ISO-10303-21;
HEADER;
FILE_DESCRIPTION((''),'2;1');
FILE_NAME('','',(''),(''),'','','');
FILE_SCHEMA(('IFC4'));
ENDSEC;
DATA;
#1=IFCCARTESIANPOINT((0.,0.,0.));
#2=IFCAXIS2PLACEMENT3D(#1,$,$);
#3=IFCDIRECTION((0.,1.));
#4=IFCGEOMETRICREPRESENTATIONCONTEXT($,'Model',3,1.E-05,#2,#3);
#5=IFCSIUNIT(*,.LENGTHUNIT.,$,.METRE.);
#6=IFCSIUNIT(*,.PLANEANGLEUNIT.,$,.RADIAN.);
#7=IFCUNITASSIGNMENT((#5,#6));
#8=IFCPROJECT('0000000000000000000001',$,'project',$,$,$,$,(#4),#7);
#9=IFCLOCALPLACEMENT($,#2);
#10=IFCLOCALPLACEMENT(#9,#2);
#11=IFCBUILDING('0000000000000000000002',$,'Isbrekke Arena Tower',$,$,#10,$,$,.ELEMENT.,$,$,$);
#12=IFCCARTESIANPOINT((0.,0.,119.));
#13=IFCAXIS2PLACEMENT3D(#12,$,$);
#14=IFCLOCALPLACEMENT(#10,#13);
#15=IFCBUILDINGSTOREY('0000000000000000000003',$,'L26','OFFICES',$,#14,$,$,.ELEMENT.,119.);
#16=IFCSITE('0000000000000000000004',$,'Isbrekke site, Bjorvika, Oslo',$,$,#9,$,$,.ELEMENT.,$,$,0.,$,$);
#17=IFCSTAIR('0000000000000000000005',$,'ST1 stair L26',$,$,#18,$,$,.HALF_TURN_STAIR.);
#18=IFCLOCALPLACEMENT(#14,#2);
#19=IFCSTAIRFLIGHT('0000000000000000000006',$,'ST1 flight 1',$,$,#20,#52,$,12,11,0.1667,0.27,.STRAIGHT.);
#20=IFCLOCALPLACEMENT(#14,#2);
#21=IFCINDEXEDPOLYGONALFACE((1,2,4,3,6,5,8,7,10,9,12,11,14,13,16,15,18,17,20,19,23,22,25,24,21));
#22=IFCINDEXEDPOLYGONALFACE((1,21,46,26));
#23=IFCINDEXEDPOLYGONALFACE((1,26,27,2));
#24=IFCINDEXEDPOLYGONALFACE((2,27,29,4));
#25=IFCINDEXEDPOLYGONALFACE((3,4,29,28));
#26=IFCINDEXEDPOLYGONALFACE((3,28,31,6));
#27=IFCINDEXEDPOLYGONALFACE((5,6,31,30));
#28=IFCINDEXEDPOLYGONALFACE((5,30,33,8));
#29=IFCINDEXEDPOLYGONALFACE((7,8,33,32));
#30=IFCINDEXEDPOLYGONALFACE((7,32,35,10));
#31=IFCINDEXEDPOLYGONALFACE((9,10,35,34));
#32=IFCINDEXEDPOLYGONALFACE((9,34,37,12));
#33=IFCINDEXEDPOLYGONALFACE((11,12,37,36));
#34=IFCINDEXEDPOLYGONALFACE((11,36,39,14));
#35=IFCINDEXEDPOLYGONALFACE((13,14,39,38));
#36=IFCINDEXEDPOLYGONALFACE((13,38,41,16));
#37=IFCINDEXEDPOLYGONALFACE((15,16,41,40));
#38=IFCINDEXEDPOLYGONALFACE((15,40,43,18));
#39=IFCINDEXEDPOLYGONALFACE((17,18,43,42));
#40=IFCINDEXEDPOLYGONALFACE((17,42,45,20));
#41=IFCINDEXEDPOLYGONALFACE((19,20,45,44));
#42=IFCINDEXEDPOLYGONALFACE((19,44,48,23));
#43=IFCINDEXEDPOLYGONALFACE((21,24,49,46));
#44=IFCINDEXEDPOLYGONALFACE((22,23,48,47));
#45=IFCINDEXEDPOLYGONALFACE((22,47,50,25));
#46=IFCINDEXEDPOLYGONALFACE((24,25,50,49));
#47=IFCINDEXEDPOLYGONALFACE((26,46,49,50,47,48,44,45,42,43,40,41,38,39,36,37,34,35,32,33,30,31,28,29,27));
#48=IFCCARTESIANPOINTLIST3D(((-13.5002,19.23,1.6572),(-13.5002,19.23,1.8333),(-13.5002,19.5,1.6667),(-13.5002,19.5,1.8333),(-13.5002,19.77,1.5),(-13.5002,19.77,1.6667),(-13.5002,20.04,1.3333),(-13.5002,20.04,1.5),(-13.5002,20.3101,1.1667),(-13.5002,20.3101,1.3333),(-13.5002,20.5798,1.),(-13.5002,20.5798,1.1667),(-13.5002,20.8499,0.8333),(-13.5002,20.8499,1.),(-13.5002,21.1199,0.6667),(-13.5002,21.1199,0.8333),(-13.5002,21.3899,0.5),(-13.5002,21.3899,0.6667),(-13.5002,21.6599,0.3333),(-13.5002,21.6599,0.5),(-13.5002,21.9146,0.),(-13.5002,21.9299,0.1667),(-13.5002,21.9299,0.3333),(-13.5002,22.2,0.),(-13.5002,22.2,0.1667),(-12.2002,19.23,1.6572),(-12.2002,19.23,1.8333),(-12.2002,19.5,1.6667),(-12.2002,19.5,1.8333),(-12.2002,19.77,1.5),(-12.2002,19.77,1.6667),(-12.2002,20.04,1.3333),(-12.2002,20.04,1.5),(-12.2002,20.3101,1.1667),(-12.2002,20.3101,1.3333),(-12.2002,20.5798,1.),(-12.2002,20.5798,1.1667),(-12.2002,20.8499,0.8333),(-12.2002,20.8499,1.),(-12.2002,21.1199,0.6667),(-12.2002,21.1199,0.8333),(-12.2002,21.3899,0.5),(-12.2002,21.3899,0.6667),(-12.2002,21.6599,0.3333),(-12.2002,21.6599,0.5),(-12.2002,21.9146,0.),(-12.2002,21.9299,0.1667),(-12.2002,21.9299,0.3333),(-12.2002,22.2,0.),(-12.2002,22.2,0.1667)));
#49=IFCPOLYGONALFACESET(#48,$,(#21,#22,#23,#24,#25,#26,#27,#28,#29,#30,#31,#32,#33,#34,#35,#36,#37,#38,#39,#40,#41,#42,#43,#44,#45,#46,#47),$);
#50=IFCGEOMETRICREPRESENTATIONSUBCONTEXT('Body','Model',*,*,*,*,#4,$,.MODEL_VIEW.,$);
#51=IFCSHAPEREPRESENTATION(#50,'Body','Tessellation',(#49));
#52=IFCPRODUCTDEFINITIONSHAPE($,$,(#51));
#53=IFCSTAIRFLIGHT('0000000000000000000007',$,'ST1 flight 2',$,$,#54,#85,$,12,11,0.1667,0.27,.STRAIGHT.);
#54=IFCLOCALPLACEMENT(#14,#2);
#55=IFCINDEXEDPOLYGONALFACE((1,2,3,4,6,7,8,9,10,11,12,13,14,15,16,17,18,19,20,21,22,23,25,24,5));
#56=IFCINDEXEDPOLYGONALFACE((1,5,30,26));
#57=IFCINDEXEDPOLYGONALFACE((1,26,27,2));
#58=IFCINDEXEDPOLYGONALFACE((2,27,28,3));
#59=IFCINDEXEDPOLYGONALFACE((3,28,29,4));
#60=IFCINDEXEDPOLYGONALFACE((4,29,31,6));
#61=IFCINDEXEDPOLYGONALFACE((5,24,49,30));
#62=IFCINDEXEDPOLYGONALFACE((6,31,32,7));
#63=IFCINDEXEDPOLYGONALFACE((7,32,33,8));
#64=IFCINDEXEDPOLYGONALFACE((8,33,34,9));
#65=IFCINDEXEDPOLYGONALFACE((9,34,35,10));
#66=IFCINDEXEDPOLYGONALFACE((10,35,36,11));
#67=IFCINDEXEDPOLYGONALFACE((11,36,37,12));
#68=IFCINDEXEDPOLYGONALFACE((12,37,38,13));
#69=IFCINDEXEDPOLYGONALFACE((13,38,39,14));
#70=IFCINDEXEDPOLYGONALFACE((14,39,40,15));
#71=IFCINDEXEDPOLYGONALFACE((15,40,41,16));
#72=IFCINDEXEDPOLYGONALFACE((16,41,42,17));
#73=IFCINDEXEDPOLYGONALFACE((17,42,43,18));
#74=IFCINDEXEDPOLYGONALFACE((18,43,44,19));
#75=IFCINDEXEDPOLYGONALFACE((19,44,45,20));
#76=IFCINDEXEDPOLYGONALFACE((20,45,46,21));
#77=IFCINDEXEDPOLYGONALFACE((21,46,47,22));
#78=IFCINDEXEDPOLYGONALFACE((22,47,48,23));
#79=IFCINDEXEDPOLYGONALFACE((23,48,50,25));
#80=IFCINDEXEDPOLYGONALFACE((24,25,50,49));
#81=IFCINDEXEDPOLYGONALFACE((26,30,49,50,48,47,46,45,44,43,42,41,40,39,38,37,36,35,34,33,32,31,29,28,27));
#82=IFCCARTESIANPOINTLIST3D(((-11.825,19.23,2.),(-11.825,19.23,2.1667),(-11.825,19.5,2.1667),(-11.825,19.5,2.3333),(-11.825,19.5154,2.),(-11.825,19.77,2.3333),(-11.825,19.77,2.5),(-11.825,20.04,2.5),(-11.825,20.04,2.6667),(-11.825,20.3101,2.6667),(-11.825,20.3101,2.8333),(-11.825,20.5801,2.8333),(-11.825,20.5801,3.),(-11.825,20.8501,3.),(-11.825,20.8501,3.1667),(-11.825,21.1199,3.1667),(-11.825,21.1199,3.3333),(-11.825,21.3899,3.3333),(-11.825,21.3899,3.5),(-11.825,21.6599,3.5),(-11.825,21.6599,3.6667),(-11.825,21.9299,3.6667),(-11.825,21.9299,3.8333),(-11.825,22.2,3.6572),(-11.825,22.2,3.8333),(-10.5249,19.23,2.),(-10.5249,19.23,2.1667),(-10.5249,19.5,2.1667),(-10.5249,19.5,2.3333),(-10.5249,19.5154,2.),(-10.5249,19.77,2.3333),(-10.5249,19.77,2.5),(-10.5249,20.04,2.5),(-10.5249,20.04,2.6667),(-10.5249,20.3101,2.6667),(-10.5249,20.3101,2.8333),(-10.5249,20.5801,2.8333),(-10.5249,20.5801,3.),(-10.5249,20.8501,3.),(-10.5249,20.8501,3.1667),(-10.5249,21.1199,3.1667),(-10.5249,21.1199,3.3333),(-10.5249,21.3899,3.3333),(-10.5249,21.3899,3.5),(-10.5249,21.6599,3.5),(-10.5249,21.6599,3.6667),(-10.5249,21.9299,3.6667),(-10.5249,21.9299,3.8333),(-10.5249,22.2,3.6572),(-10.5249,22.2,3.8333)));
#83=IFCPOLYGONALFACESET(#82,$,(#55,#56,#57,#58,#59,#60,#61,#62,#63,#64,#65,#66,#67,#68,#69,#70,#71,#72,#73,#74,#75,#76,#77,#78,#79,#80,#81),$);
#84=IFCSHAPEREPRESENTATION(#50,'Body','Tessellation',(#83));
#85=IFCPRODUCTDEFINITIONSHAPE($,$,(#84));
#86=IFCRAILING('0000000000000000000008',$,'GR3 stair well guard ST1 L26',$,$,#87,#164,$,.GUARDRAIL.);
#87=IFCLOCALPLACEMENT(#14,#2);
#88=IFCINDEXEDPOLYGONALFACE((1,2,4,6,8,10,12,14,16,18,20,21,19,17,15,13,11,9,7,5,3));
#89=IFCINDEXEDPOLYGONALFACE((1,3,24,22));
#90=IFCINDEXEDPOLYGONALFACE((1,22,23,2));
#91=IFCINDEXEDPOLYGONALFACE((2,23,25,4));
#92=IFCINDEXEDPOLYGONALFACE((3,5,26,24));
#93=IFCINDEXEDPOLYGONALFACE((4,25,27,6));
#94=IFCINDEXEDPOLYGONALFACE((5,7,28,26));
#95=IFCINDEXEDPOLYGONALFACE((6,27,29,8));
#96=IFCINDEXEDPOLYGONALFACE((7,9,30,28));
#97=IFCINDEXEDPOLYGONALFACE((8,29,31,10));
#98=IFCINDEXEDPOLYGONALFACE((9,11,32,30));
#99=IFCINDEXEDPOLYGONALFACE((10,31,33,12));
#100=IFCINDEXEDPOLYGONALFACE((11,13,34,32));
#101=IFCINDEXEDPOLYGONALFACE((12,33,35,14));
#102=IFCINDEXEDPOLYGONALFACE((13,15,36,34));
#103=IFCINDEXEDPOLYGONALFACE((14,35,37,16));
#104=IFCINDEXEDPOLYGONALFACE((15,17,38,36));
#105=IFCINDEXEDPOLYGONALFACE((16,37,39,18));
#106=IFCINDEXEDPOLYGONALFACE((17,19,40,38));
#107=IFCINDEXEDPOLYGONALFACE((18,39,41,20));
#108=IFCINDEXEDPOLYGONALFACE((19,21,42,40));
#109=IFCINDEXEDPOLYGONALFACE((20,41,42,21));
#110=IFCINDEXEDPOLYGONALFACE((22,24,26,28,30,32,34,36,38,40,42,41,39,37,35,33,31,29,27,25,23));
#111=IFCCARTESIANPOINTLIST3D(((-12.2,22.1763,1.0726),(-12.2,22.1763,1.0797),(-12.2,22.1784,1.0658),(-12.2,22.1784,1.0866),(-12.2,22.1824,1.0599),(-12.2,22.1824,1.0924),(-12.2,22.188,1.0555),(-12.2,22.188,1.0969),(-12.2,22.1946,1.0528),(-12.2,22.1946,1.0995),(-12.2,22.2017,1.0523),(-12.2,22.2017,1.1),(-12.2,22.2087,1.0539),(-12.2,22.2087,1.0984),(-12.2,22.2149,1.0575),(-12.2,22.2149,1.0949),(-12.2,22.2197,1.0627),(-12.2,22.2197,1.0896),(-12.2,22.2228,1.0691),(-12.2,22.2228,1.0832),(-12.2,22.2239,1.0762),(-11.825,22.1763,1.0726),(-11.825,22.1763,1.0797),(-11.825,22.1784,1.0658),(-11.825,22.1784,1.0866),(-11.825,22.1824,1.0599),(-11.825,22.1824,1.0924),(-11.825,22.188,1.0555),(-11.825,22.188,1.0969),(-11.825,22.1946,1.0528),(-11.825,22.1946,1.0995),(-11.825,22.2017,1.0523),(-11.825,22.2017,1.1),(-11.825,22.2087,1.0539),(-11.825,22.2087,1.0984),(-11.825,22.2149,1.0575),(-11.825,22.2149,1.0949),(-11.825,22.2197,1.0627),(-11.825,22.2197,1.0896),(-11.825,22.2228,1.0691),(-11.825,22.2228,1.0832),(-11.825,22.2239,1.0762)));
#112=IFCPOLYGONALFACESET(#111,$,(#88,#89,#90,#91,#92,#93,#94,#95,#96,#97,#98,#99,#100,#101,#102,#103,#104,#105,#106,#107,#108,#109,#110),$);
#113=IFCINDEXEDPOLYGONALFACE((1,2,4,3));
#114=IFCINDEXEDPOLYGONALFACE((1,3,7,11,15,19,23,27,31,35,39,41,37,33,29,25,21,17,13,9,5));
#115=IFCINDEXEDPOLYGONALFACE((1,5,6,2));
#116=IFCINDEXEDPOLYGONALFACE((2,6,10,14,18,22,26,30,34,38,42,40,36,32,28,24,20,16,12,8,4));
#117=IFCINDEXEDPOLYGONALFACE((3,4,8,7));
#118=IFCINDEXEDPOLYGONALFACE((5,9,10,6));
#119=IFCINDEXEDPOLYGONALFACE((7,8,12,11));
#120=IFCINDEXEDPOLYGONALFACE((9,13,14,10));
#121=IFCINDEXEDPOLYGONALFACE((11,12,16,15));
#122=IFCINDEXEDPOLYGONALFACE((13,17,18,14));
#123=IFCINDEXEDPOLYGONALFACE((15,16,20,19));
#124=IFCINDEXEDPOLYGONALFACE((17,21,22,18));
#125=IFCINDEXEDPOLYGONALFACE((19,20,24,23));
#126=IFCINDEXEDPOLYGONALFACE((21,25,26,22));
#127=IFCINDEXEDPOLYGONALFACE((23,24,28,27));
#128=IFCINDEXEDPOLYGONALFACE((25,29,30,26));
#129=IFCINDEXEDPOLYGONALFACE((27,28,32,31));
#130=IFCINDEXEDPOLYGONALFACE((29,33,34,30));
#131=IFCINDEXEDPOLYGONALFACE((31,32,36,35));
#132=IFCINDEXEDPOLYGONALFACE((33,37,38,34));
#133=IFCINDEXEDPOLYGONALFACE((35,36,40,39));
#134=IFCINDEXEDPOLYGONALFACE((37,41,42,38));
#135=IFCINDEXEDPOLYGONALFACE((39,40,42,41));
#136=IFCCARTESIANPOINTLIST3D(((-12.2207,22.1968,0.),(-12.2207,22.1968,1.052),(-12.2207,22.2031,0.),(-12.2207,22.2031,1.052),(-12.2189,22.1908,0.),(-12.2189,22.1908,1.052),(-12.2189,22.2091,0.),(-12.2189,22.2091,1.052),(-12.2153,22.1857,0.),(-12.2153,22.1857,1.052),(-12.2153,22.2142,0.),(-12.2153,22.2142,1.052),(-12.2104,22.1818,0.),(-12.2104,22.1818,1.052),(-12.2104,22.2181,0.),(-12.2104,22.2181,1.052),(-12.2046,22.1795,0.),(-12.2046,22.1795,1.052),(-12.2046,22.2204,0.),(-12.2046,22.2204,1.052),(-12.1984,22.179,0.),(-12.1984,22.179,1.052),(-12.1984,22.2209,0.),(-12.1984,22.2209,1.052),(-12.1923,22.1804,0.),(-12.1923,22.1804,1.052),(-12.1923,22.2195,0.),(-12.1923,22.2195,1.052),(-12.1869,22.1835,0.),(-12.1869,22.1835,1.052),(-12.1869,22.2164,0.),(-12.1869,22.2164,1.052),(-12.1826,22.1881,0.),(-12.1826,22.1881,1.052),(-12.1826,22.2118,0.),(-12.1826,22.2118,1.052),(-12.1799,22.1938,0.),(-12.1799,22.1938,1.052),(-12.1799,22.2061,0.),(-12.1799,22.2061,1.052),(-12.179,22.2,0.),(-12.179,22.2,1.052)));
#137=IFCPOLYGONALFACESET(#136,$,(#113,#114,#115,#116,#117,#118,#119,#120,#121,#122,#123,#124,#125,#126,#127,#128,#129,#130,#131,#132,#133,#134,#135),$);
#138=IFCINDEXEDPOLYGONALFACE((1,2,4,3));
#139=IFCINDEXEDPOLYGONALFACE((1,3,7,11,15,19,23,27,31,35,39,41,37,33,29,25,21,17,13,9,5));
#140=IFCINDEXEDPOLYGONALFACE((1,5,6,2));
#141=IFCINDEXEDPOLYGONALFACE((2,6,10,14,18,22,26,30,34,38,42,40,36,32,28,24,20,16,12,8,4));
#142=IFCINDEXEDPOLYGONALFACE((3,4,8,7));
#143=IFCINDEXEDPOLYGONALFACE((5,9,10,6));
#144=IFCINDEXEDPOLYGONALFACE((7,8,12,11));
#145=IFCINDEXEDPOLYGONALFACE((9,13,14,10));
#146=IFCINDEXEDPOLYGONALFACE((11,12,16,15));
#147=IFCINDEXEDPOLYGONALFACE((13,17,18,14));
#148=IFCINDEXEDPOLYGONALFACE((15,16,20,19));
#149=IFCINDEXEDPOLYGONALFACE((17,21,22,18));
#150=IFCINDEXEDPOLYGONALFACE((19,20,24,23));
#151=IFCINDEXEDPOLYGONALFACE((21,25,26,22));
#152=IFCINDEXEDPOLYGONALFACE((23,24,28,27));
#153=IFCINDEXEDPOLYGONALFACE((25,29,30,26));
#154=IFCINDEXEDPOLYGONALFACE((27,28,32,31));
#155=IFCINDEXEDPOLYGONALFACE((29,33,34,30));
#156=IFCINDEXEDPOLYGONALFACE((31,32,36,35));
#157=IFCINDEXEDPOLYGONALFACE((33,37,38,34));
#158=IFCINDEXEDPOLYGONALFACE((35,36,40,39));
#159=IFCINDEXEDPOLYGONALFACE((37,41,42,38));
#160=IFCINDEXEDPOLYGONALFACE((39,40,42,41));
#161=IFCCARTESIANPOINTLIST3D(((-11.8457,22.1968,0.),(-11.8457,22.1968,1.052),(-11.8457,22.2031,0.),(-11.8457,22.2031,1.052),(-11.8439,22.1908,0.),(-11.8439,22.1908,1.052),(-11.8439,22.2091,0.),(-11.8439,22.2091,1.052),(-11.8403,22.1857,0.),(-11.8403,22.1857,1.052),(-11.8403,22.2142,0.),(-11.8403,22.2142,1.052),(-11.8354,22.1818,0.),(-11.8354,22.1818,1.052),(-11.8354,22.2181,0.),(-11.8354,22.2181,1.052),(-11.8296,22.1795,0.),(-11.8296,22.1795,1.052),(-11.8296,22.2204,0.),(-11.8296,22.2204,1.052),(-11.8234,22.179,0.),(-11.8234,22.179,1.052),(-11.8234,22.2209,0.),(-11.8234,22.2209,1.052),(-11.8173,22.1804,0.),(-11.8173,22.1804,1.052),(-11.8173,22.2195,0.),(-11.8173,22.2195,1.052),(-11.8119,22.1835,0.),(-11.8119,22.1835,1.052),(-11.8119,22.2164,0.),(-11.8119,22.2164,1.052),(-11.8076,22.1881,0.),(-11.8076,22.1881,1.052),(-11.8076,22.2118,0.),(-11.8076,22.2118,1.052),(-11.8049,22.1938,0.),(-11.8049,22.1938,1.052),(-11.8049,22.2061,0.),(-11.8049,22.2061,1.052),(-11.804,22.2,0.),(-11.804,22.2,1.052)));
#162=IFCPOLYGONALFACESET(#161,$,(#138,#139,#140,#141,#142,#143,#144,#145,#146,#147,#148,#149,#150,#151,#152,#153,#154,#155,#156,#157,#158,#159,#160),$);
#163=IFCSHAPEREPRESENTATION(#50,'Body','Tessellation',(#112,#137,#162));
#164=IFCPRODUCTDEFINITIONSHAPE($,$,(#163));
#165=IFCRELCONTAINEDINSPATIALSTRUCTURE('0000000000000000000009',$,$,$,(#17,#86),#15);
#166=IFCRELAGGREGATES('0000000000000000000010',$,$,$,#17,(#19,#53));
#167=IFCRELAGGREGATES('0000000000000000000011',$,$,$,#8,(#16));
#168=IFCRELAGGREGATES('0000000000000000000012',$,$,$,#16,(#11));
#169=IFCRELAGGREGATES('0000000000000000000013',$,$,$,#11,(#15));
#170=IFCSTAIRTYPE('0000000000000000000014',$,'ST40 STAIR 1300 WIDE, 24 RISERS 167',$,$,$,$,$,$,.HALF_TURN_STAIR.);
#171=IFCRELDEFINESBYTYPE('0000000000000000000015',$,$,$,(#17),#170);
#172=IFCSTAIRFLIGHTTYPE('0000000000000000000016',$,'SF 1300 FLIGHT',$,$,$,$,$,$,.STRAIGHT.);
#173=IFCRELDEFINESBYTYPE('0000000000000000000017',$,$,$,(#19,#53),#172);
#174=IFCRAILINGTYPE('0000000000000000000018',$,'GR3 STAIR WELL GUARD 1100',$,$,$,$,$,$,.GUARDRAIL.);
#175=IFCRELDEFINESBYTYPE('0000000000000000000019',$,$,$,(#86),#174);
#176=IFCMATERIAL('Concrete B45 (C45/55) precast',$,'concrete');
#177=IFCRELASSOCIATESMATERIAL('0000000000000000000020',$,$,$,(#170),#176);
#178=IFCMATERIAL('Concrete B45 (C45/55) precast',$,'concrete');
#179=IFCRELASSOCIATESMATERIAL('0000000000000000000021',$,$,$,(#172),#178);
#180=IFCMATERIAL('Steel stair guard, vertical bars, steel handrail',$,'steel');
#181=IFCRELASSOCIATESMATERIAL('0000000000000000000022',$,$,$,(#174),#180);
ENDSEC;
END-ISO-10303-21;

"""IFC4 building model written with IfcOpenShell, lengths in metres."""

from ifc_helpers import new_model, si_unit, direction, frame, origin, origin_2d, place, context, subcontext, project, spatial, polyline, circle, outline, extrude, material, type_object, element, aggregate, save


model = new_model("IFC4")

# Units and contexts
model_context = context("Model", 3, precision=1e-05, world=origin(), true_north=direction((0.0, 1.0)))
body_context = subcontext(model_context, "Body", "Model", "MODEL_VIEW")
ifc_project = project(units=[si_unit("LENGTHUNIT", "METRE"), si_unit("PLANEANGLEUNIT", "RADIAN")], contexts=[model_context])

# Site, building, storey
site_placement = place(None, origin())
site = spatial("IfcSite", under=ifc_project, at=site_placement, Name="Isbrekke site, Bjorvika, Oslo", CompositionType="ELEMENT", RefElevation=0.0)
building_placement = place(site_placement, origin())
building = spatial("IfcBuilding", under=site, at=building_placement, Name="Isbrekke Arena Tower", CompositionType="ELEMENT")
storey_placement = place(building_placement, frame((0.0, 0.0, 119.0)))
storey = spatial("IfcBuildingStorey", under=building, at=storey_placement, Name="L26", Description="OFFICES", CompositionType="ELEMENT", Elevation=119.0)

# Stair, stair flights
ifc_material_1 = material(Name="Concrete B45 (C45/55) precast", Category="concrete")
stair_type = type_object("IfcStairType", Name="ST40 STAIR 1300 WIDE, 24 RISERS 167", PredefinedType="HALF_TURN_STAIR", material=ifc_material_1)
stair_placement = place(storey_placement, origin())
stair = element("IfcStair", 1, at=stair_placement, inside=storey, type_object=stair_type, Name="ST1 stair L26", PredefinedType="HALF_TURN_STAIR")
ifc_material_2 = material(Name="Concrete B45 (C45/55) precast", Category="concrete")
stair_flight_type = type_object("IfcStairFlightType", Name="SF 1300 FLIGHT", PredefinedType="STRAIGHT", material=ifc_material_2)
stair_flight_1_placement = place(storey_placement, frame((-12.8501, 22.2, 0.0), z_axis=(0.0, 0.0, 1.0), x_axis=(0.0, -1.0, 0.0)))
stair_flight_1 = element("IfcStairFlight", 2, at=stair_flight_1_placement, type_object=stair_flight_type, Name="ST1 flight 1", NumberOfRisers=12, NumberOfTreads=11, PredefinedType="STRAIGHT", RiserHeight=0.1667, TreadLength=0.27, context=body_context, shape_type="SweptSolid", body=[
    extrude(outline(polyline([(0.0, 0.0), (0.0, 0.1667), (0.27, 0.1667), (0.27, 0.3333), (0.54, 0.3333), (0.54, 0.5), (0.8101, 0.5), (0.8101, 0.6667), (1.0801, 0.6667), (1.0801, 0.8333), (1.3501, 0.8333), (1.3501, 1.0), (1.6201, 1.0), (1.6201, 1.1667), (1.8899, 1.1667), (1.8899, 1.3333), (2.1599, 1.3333), (2.1599, 1.5), (2.4299, 1.5), (2.4299, 1.6667), (2.7, 1.6667), (2.7, 1.8333), (2.97, 1.8333), (2.97, 2.0), (2.97, 1.6572), (0.2854, 0.0), (0.0, 0.0)])), frame((0.0, 0.6499, 0.0), z_axis=(0.0, -1.0, 0.0), x_axis=(1.0, 0.0, 0.0)), (0.0, 0.0, 1.0), 1.3),
])
stair_flight_2_placement = place(storey_placement, frame((-11.175, 19.23, 2.0), z_axis=(0.0, 0.0, 1.0), x_axis=(0.0, 1.0, 0.0)))
stair_flight_2 = element("IfcStairFlight", 3, at=stair_flight_2_placement, type_object=stair_flight_type, Name="ST1 flight 2", NumberOfRisers=12, NumberOfTreads=11, PredefinedType="STRAIGHT", RiserHeight=0.1667, TreadLength=0.27, context=body_context, shape_type="SweptSolid", body=[
    extrude(outline(polyline([(0.0, 0.0), (0.0, 0.1667), (0.27, 0.1667), (0.27, 0.3333), (0.54, 0.3333), (0.54, 0.5), (0.8101, 0.5), (0.8101, 0.6667), (1.0801, 0.6667), (1.0801, 0.8333), (1.3501, 0.8333), (1.3501, 1.0), (1.6201, 1.0), (1.6201, 1.1667), (1.8899, 1.1667), (1.8899, 1.3333), (2.1599, 1.3333), (2.1599, 1.5), (2.4299, 1.5), (2.4299, 1.6667), (2.7, 1.6667), (2.7, 1.8333), (2.97, 1.8333), (2.97, 2.0), (2.97, 1.6572), (0.2854, 0.0), (0.0, 0.0)])), frame((0.0, 0.6499, 0.0), z_axis=(0.0, -1.0, 0.0), x_axis=(1.0, 0.0, 0.0)), (0.0, 0.0, 1.0), 1.3),
])
aggregate(stair, [stair_flight_1, stair_flight_2])

# Railing
ifc_material_3 = material(Name="Steel stair guard, vertical bars, steel handrail", Category="steel")
railing_type = type_object("IfcRailingType", Name="GR3 STAIR WELL GUARD 1100", PredefinedType="GUARDRAIL", material=ifc_material_3)
for number, where, name in (
    (4, (-12.2, 22.2, 0.0), "GR3 stair well guard ST1 L26"),
):
    element("IfcRailing", number, at=place(storey_placement, frame(where)), inside=storey, type_object=railing_type, Name=name, PredefinedType="GUARDRAIL", context=body_context, shape_type="SweptSolid", body=[
        extrude(circle(Radius=0.0239, at=origin_2d()), frame((0.0, 0.0, 1.0762), z_axis=(1.0, 0.0, 0.0), x_axis=(0.0, 1.0, 0.0)), (0.0, 0.0, 1.0), 0.375),
        extrude(circle(Radius=0.021, at=origin_2d()), origin(), (0.0, 0.0, 1.0), 1.052),
        extrude(circle(Radius=0.021, at=origin_2d()), frame((0.375, 0.0, 0.0)), (0.0, 0.0, 1.0), 1.052),
    ])

save(model, "model.ifc")
